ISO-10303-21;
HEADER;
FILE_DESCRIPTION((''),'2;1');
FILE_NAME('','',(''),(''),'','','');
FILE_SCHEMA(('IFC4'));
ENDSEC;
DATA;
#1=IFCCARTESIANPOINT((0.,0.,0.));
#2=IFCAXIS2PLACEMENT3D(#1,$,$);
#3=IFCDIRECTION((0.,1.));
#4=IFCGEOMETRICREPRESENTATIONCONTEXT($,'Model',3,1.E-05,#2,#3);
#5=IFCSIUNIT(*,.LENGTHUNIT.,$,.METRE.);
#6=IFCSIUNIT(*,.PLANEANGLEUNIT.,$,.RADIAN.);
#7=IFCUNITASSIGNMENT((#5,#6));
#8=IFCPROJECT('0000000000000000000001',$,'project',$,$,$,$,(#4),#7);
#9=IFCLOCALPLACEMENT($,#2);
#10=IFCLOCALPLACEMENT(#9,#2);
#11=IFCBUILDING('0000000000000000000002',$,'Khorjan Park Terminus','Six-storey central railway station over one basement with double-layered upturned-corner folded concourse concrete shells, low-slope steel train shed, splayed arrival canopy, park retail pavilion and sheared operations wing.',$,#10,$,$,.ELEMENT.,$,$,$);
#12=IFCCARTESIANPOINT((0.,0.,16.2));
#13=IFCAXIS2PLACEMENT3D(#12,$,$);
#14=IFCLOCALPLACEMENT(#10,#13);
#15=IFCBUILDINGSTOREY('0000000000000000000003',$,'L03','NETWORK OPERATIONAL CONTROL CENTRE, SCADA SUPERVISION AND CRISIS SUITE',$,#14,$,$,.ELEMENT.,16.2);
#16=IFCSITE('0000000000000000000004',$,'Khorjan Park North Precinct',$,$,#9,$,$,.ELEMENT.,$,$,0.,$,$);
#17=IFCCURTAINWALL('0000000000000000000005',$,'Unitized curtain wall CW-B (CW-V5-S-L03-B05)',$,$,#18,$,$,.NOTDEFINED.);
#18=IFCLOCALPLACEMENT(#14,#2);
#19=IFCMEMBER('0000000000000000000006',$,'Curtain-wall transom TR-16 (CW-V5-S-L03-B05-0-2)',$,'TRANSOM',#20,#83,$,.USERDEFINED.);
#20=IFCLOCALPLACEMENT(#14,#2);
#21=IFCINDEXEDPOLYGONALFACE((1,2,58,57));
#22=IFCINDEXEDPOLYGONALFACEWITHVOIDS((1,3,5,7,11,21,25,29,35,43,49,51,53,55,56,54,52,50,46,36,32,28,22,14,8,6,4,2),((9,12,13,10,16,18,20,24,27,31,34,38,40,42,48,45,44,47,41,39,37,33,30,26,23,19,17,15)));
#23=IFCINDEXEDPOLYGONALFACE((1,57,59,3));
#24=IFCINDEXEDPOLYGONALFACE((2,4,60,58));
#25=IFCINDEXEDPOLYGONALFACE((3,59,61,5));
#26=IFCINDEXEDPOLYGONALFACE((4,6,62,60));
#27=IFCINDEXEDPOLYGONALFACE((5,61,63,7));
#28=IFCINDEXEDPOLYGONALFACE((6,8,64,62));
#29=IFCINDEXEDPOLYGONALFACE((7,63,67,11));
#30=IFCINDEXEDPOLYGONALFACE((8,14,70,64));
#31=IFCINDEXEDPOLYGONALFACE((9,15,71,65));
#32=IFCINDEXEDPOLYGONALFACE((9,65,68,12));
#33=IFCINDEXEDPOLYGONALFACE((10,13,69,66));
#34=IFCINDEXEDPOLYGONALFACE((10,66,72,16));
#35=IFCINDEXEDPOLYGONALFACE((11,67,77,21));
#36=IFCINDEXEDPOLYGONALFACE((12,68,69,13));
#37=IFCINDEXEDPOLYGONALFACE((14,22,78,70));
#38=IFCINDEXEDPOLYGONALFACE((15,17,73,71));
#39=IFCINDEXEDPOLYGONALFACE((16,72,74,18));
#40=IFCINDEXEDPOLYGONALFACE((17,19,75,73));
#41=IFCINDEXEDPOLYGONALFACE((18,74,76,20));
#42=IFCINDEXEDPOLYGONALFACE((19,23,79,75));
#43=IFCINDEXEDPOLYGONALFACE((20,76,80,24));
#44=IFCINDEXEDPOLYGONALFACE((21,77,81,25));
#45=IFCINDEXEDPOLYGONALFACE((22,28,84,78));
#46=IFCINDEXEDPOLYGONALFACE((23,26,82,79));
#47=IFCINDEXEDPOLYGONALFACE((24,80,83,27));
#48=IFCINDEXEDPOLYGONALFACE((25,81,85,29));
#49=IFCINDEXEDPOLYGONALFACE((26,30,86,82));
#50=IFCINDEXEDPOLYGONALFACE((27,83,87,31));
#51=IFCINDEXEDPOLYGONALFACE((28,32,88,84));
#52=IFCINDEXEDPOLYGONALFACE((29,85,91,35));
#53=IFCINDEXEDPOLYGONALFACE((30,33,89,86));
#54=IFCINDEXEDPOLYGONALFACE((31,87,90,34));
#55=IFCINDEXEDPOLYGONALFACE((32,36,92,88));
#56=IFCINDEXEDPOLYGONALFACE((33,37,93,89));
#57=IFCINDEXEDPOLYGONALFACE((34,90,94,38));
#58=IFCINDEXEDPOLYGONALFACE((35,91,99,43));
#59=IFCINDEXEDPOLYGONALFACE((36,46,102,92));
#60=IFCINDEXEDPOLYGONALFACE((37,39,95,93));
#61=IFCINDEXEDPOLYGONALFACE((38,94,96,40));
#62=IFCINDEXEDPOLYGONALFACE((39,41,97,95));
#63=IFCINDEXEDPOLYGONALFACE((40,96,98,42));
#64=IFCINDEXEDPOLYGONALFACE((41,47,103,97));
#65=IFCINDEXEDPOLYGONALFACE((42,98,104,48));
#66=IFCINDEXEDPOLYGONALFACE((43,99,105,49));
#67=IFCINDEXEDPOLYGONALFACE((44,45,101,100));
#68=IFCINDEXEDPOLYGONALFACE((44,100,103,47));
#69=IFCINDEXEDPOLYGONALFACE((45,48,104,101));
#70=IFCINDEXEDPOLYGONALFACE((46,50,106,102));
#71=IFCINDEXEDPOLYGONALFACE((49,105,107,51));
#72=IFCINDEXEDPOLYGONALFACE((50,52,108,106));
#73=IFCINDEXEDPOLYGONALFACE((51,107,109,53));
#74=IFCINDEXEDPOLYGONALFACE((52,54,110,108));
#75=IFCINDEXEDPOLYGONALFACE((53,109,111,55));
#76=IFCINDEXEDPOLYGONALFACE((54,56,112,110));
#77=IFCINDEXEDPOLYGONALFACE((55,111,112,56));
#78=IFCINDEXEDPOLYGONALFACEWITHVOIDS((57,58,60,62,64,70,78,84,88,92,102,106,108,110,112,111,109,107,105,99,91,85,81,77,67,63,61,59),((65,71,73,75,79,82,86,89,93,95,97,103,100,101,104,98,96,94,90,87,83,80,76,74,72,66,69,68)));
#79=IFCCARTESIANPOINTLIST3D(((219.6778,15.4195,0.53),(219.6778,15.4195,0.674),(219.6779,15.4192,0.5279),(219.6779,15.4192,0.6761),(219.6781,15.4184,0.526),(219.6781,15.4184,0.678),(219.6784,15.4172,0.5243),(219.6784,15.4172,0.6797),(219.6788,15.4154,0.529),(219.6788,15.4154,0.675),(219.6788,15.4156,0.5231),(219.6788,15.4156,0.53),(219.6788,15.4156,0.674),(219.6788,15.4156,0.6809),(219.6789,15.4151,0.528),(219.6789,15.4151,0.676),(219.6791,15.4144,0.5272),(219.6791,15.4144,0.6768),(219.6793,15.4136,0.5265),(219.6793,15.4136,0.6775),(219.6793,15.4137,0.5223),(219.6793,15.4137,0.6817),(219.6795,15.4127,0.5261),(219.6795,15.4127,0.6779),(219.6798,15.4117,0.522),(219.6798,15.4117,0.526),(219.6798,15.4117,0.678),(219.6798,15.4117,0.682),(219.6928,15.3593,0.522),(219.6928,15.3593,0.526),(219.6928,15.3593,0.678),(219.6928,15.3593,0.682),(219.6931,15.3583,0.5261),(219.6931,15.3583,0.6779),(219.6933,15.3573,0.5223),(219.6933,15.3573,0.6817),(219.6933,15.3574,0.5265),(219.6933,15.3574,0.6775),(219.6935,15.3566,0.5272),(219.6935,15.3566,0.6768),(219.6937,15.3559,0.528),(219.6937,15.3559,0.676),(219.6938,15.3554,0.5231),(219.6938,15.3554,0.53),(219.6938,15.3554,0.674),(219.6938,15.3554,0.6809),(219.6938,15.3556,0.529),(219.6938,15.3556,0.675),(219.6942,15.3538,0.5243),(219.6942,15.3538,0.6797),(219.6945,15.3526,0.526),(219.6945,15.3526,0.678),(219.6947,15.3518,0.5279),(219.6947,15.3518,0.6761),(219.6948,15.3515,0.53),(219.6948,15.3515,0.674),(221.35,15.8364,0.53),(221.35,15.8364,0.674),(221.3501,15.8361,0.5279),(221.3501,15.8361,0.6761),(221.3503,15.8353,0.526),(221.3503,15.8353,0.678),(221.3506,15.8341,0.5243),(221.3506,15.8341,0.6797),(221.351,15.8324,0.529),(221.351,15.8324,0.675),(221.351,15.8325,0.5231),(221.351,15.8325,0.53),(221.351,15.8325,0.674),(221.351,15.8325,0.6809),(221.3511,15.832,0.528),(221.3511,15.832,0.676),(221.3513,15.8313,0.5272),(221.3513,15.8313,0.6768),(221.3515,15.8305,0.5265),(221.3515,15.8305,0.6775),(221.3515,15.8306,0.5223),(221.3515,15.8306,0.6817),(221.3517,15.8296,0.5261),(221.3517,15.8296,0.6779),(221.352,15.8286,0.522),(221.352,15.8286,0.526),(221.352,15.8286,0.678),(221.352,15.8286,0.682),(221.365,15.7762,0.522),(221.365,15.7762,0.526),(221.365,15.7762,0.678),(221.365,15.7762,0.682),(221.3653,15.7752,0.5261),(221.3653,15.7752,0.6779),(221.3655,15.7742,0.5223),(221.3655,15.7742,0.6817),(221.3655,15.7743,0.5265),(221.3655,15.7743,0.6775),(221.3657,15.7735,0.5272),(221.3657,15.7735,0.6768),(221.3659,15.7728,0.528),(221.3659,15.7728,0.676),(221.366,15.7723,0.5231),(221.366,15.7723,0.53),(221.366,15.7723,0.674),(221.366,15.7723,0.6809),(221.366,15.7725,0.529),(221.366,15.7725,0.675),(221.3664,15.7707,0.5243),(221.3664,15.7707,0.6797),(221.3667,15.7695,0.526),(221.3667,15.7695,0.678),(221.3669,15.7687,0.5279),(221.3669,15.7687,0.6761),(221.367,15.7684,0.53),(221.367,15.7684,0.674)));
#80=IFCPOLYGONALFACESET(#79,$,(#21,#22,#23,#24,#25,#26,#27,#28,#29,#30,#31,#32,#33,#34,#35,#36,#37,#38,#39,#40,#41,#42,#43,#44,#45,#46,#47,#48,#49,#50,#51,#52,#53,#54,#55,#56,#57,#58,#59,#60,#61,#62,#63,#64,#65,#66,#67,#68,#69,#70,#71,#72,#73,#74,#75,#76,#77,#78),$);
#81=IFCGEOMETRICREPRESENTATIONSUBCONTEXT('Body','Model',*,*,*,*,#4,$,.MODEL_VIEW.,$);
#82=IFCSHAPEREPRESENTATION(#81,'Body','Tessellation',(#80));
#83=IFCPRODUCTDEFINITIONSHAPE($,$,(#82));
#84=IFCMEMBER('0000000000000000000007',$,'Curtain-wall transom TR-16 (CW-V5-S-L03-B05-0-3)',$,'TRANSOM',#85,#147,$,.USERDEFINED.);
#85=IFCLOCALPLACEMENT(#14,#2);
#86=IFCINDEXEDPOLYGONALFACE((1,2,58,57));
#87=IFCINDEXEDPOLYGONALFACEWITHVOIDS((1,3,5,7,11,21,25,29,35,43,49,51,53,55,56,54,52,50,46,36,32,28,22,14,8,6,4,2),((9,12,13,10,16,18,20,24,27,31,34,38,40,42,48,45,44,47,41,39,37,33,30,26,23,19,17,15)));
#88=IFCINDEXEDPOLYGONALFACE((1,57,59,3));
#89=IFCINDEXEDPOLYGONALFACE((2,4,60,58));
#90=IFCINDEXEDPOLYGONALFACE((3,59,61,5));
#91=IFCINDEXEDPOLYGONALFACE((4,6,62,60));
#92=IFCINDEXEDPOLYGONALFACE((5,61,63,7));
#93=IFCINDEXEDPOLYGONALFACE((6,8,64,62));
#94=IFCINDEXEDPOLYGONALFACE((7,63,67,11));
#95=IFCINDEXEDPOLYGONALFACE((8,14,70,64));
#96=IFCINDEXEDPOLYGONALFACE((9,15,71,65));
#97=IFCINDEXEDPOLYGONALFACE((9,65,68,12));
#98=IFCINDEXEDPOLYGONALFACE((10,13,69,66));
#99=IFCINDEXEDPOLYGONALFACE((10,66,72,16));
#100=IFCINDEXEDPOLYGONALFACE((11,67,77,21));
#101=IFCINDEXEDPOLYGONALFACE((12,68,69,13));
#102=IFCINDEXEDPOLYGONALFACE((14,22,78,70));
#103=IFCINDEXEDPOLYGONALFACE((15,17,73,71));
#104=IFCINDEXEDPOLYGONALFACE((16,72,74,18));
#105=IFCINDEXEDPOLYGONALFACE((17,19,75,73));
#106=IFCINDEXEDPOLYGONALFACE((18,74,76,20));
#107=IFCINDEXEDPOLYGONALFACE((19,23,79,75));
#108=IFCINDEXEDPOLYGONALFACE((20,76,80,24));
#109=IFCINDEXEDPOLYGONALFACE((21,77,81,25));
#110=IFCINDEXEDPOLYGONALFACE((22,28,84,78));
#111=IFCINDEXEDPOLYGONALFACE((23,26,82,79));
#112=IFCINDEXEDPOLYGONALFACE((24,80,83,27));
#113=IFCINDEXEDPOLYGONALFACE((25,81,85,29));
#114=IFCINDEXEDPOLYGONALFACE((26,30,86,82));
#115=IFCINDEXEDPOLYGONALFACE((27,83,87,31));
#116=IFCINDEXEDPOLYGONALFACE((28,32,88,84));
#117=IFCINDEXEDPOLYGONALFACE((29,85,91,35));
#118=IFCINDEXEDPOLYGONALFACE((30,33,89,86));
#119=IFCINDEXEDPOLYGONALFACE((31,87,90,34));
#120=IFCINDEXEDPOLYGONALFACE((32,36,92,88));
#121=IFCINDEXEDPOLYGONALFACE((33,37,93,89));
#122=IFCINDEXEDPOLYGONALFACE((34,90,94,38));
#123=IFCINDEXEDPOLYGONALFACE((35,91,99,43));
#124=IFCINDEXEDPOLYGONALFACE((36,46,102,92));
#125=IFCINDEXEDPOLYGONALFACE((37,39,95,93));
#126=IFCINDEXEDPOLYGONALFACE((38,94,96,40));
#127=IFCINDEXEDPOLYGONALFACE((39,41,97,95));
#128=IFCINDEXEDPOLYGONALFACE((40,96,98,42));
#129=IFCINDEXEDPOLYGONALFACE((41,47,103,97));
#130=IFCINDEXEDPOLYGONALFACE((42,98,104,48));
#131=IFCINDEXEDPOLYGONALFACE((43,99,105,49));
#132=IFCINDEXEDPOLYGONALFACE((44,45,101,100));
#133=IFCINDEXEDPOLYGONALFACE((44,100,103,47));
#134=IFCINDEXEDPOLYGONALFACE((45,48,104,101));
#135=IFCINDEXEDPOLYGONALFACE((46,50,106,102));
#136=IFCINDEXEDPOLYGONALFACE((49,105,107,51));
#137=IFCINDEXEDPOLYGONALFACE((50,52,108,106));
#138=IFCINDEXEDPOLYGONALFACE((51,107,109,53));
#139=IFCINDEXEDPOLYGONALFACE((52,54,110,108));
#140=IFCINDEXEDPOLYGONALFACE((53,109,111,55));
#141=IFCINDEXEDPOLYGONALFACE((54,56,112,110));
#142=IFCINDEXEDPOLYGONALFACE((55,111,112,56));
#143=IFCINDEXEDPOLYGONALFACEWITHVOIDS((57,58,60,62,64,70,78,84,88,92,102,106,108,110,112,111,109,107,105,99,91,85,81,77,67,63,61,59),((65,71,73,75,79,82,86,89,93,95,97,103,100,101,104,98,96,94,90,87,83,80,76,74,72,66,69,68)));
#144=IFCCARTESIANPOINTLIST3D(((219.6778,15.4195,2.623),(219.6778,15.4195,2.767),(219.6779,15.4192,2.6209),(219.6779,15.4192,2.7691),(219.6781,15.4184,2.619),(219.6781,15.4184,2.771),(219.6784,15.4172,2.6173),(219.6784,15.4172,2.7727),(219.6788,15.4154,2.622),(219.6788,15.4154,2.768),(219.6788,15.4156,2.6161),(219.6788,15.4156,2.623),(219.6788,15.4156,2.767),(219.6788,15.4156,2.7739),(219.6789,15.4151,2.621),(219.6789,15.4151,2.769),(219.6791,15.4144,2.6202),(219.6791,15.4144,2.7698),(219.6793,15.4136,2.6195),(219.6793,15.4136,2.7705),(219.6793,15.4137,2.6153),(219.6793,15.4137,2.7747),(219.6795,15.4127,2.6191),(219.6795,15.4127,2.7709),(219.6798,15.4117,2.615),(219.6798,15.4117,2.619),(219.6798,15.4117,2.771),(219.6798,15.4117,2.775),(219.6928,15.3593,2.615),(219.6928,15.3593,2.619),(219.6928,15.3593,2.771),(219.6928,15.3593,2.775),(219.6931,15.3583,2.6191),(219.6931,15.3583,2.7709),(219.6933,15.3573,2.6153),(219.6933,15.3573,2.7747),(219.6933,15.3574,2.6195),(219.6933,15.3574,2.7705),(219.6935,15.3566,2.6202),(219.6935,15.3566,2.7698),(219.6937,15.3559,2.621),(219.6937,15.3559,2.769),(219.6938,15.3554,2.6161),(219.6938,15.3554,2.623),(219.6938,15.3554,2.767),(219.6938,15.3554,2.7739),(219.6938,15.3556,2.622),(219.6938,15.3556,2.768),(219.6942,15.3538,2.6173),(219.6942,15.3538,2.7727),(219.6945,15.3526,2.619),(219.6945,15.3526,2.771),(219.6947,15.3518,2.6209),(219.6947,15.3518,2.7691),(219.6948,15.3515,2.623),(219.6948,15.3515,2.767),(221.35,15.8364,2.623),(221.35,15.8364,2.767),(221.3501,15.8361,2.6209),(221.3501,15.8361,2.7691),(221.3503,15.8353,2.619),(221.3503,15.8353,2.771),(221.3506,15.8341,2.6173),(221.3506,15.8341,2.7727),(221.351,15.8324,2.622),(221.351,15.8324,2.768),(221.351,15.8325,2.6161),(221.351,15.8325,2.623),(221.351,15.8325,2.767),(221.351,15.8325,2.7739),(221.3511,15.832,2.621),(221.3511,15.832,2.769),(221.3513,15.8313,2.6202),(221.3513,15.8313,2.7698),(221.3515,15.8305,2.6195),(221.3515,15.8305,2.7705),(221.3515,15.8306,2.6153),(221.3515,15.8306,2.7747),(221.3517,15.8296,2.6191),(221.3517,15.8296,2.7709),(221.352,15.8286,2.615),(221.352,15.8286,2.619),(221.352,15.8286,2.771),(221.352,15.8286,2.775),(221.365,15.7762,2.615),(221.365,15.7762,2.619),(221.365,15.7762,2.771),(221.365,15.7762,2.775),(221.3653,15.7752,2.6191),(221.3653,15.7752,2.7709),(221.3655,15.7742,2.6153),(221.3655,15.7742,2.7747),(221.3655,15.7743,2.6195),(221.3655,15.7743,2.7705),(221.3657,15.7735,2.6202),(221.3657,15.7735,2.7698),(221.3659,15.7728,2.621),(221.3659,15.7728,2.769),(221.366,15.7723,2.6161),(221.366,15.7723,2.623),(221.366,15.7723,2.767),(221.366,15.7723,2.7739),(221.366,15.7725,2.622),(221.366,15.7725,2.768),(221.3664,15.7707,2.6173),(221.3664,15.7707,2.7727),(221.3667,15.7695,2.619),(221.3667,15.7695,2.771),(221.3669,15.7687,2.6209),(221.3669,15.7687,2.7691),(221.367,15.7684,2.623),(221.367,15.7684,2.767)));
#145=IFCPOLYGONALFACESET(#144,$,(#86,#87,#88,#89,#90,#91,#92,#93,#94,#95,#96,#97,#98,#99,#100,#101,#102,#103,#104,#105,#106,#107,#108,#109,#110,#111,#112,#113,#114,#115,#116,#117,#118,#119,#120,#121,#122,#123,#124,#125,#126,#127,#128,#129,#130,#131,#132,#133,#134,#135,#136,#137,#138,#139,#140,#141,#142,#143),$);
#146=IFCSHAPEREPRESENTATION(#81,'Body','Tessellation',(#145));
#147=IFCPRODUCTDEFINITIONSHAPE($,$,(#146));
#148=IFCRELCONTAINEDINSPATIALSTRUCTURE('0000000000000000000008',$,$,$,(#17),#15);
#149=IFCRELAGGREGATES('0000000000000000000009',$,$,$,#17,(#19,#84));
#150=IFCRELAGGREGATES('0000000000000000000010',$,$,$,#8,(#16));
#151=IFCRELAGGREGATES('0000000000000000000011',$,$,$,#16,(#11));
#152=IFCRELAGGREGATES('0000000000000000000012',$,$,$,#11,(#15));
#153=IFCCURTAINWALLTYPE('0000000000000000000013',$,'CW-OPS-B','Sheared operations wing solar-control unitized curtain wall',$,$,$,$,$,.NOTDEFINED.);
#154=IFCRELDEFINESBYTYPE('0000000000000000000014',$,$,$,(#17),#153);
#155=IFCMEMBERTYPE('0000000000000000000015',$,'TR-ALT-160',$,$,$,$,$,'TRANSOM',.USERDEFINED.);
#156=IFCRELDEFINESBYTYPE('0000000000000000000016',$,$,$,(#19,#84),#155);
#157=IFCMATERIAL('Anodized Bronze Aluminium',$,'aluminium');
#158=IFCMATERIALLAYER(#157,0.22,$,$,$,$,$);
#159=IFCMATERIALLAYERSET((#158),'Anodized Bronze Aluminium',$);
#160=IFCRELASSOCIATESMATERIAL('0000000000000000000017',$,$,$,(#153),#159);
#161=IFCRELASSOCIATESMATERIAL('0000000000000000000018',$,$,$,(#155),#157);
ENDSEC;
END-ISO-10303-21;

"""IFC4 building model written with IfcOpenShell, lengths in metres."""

from ifc_helpers import new_model, si_unit, direction, frame, origin, origin_2d, place, context, subcontext, project, spatial, hollow_rectangle, extrude, material, layer, layer_set, material_profile, profile_set, type_object, element, aggregate, save


model = new_model("IFC4")

# Units and contexts
model_context = context("Model", 3, precision=1e-05, world=origin(), true_north=direction((0.0, 1.0)))
body_context = subcontext(model_context, "Body", "Model", "MODEL_VIEW")
ifc_project = project(units=[si_unit("LENGTHUNIT", "METRE"), si_unit("PLANEANGLEUNIT", "RADIAN")], contexts=[model_context])

# Site, building, storey
site_placement = place(None, origin())
site = spatial("IfcSite", under=ifc_project, at=site_placement, Name="Khorjan Park North Precinct", CompositionType="ELEMENT", RefElevation=0.0)
building_placement = place(site_placement, origin())
building = spatial("IfcBuilding", under=site, at=building_placement, Name="Khorjan Park Terminus", Description="Six-storey central railway station over one basement with double-layered upturned-corner folded concourse concrete shells, low-slope steel train shed, splayed arrival canopy, park retail pavilion and sheared operations wing.", CompositionType="ELEMENT")
storey_placement = place(building_placement, frame((0.0, 0.0, 16.2)))
storey = spatial("IfcBuildingStorey", under=building, at=storey_placement, Name="L03", Description="NETWORK OPERATIONAL CONTROL CENTRE, SCADA SUPERVISION AND CRISIS SUITE", CompositionType="ELEMENT", Elevation=16.2)

# Curtain wall, members
ifc_material_1 = material(Name="Anodized Bronze Aluminium", Category="aluminium")
ifc_layer_1 = layer(ifc_material_1, 0.22)
ifc_layer_set_1 = layer_set([ifc_layer_1], Name="Anodized Bronze Aluminium")
curtain_wall_type = type_object("IfcCurtainWallType", Name="CW-OPS-B", Description="Sheared operations wing solar-control unitized curtain wall", PredefinedType="NOTDEFINED", material=ifc_layer_set_1)
curtain_wall_placement = place(storey_placement, origin())
curtain_wall = element("IfcCurtainWall", 1, at=curtain_wall_placement, inside=storey, type_object=curtain_wall_type, Name="Unitized curtain wall CW-B (CW-V5-S-L03-B05)", PredefinedType="NOTDEFINED")
ifc_material_profile_1 = material_profile(ifc_material_1, hollow_rectangle(XDim=0.07, YDim=0.16, WallThickness=0.004, InnerFilletRadius=0.004, OuterFilletRadius=0.008, at=origin_2d()), Name="ALT 70x160x4")
ifc_profile_set_1 = profile_set([ifc_material_profile_1], Name="Anodized Bronze Aluminium")
member_type_1 = type_object("IfcMemberType", Name="TR-ALT-160", ElementType="TRANSOM", PredefinedType="USERDEFINED", material=ifc_profile_set_1)
member_1_placement = place(storey_placement, frame((219.6863, 15.3855, 0.602), z_axis=(0.970299, 0.241908, 0.0), x_axis=(-0.241908, 0.970299, 0.0)))
member_1 = element("IfcMember", 2, at=member_1_placement, type_object=member_type_1, Name="Curtain-wall transom TR-16 (CW-V5-S-L03-B05-0-2)", ObjectType="TRANSOM", PredefinedType="USERDEFINED", context=body_context, shape_type="SweptSolid", body=[
    extrude(hollow_rectangle(XDim=0.07, YDim=0.16, WallThickness=0.004, InnerFilletRadius=0.004, OuterFilletRadius=0.008, at=origin_2d()), origin(), (0.0, 0.0, 1.0), 1.7234),
])
member_2_placement = place(storey_placement, frame((219.6863, 15.3855, 2.695), z_axis=(0.970299, 0.241908, 0.0), x_axis=(-0.241908, 0.970299, 0.0)))
member_2 = element("IfcMember", 3, at=member_2_placement, type_object=member_type_1, Name="Curtain-wall transom TR-16 (CW-V5-S-L03-B05-0-3)", ObjectType="TRANSOM", PredefinedType="USERDEFINED", context=body_context, shape_type="SweptSolid", body=[
    extrude(hollow_rectangle(XDim=0.07, YDim=0.16, WallThickness=0.004, InnerFilletRadius=0.004, OuterFilletRadius=0.008, at=origin_2d()), origin(), (0.0, 0.0, 1.0), 1.7234),
])
aggregate(curtain_wall, [member_1, member_2])

save(model, "model.ifc")
